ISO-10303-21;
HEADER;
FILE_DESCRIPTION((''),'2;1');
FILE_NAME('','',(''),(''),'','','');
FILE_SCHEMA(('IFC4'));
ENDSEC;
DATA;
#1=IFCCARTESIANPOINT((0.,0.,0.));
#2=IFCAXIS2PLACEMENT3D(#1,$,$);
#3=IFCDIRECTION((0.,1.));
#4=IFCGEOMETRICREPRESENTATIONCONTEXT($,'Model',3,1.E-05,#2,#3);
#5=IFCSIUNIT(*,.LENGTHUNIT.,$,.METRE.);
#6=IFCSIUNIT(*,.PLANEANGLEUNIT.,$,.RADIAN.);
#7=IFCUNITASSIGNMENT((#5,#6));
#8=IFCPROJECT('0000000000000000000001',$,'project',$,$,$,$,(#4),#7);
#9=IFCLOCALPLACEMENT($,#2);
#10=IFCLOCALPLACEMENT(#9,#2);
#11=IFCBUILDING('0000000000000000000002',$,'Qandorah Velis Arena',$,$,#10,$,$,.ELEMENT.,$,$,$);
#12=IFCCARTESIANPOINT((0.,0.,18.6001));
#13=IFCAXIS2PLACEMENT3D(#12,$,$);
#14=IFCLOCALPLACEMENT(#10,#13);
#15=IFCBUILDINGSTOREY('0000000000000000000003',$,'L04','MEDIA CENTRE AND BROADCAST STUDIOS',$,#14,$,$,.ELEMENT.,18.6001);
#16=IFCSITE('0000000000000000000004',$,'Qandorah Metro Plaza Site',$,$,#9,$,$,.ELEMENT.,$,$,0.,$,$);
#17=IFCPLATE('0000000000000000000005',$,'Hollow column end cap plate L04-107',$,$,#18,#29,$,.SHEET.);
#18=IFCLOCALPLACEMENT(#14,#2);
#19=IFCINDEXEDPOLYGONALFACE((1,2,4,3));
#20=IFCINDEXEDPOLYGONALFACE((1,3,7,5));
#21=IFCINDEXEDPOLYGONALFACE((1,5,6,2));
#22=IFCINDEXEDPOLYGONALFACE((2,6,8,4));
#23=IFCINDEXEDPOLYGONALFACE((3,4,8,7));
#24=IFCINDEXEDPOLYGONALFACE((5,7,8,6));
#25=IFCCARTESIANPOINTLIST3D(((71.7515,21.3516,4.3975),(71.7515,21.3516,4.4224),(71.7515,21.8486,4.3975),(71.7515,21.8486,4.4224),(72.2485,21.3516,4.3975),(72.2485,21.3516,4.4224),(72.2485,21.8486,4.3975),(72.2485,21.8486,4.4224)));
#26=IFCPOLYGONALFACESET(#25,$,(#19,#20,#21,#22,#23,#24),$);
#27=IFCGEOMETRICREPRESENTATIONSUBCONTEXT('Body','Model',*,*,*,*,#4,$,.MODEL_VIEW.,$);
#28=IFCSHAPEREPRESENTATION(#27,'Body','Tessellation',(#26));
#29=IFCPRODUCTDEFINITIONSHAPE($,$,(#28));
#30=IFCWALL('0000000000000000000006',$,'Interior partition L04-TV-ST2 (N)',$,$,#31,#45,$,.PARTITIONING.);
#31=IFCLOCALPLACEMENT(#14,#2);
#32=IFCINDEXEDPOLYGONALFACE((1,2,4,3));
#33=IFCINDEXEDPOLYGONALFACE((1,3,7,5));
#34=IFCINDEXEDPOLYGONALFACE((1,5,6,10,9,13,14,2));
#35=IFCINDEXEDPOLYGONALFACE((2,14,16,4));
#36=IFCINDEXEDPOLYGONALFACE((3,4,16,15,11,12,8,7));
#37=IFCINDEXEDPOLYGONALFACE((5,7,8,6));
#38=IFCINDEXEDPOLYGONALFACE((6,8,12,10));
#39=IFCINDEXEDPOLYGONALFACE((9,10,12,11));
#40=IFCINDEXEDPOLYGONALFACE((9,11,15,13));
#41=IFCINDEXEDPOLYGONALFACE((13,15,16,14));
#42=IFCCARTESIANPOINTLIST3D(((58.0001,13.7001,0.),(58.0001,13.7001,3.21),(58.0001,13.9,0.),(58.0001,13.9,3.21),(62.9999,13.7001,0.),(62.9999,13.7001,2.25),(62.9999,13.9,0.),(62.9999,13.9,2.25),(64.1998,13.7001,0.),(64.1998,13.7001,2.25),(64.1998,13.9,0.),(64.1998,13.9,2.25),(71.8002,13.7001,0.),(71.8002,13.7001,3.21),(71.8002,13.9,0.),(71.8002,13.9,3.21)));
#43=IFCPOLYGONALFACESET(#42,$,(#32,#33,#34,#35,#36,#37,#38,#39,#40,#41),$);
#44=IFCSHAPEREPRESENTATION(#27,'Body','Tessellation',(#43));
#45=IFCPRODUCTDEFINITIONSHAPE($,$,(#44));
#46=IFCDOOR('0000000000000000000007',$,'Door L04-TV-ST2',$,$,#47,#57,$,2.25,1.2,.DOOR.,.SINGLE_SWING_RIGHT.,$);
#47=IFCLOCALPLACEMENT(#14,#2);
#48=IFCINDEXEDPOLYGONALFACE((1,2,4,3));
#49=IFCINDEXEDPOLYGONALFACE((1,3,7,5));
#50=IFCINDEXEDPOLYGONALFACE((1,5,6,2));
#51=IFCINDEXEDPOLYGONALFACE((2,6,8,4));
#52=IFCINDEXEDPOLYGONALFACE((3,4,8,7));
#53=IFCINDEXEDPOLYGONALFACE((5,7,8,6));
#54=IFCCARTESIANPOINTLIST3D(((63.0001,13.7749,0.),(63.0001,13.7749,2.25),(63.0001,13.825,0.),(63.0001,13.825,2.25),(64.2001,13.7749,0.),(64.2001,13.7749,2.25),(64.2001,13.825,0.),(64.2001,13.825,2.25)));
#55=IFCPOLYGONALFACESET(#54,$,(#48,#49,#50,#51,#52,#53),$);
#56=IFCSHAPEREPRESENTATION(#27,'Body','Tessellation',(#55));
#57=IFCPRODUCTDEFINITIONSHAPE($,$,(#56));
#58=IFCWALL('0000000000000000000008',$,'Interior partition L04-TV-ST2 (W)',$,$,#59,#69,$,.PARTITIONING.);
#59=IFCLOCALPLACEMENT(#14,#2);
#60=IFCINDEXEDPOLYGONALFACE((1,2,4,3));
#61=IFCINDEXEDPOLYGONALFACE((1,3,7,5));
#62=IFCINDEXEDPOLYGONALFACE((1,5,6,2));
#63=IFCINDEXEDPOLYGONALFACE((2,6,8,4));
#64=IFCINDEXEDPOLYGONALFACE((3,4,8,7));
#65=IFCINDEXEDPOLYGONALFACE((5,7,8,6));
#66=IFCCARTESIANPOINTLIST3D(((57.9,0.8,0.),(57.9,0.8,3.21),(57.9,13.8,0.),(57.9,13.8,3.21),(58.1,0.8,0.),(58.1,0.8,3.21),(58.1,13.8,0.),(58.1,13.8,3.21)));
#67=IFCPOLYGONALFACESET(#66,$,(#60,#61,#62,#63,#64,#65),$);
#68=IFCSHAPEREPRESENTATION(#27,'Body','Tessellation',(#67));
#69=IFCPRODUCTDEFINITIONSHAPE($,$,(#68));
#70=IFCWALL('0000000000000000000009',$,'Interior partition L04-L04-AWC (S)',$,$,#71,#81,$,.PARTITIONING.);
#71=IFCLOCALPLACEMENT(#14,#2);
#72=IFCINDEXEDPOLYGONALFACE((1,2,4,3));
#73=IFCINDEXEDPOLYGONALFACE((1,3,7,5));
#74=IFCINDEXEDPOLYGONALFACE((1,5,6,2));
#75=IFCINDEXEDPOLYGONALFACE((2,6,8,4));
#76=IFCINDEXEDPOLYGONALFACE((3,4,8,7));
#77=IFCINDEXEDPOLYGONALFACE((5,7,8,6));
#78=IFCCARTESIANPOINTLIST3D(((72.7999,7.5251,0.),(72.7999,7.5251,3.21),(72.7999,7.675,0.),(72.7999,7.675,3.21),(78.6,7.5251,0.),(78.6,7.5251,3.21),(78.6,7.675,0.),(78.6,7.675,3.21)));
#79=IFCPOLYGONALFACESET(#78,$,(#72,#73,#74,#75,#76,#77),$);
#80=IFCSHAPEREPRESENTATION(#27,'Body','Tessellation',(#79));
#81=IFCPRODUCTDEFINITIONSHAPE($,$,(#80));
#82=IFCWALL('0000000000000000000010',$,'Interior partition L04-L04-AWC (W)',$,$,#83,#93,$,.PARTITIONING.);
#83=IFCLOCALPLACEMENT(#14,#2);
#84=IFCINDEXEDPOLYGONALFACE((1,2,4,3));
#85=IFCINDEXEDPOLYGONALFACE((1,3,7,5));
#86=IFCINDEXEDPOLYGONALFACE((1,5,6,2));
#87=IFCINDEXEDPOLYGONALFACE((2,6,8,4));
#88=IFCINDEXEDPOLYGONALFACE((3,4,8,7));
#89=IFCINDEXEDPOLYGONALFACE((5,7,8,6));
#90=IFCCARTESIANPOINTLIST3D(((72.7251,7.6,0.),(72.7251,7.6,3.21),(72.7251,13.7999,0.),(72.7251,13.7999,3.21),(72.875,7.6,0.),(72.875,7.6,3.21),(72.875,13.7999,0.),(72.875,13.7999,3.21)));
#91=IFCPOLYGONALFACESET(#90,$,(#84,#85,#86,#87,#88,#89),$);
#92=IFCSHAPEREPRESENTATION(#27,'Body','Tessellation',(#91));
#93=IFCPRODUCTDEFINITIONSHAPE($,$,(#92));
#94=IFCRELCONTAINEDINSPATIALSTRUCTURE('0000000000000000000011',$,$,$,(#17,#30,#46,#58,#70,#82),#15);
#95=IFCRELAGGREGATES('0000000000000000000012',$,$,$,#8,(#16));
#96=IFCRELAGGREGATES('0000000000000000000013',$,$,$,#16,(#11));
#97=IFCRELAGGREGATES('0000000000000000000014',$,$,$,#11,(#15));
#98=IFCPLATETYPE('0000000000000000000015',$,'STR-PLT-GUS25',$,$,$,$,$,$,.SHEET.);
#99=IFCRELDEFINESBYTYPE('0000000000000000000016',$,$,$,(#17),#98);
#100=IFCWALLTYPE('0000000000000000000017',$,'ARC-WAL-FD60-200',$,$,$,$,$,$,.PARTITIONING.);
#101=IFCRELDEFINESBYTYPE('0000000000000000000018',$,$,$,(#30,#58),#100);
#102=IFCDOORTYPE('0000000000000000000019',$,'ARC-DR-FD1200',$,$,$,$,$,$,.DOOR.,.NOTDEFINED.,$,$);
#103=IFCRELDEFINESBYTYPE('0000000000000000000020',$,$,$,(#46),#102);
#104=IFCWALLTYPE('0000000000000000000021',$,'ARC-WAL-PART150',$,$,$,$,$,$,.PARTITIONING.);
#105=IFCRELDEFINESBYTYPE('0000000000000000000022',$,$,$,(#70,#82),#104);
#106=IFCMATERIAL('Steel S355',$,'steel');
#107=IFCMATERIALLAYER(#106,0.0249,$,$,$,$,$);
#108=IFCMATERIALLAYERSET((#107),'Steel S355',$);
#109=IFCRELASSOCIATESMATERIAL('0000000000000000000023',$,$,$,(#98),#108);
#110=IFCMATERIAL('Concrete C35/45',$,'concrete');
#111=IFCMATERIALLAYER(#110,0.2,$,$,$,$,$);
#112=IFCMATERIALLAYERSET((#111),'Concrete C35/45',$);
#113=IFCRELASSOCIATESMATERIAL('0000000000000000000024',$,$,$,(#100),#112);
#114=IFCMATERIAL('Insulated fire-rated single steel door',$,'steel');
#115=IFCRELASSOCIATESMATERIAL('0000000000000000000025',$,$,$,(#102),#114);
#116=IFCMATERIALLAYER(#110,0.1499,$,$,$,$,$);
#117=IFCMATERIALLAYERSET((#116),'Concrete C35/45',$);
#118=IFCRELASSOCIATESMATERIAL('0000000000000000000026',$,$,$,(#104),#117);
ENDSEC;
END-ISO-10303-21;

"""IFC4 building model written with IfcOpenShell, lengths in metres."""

from ifc_helpers import new_model, si_unit, direction, frame, frame_2d, origin, origin_2d, place, context, subcontext, project, spatial, rectangle, extrude, material, layer, layer_set, type_object, element, fill, save


model = new_model("IFC4")

# Units and contexts
model_context = context("Model", 3, precision=1e-05, world=origin(), true_north=direction((0.0, 1.0)))
body_context = subcontext(model_context, "Body", "Model", "MODEL_VIEW")
ifc_project = project(units=[si_unit("LENGTHUNIT", "METRE"), si_unit("PLANEANGLEUNIT", "RADIAN")], contexts=[model_context])

# Site, building, storey
site_placement = place(None, origin())
site = spatial("IfcSite", under=ifc_project, at=site_placement, Name="Qandorah Metro Plaza Site", CompositionType="ELEMENT", RefElevation=0.0)
building_placement = place(site_placement, origin())
building = spatial("IfcBuilding", under=site, at=building_placement, Name="Qandorah Velis Arena", CompositionType="ELEMENT")
storey_placement = place(building_placement, frame((0.0, 0.0, 18.6001)))
storey = spatial("IfcBuildingStorey", under=building, at=storey_placement, Name="L04", Description="MEDIA CENTRE AND BROADCAST STUDIOS", CompositionType="ELEMENT", Elevation=18.6001)

# Shared definitions
ifc_material_1 = material(Name="Steel S355", Category="steel")

# Plate
ifc_layer_1 = layer(ifc_material_1, 0.0249)
ifc_layer_set_1 = layer_set([ifc_layer_1], Name="Steel S355")
plate_type = type_object("IfcPlateType", Name="STR-PLT-GUS25", PredefinedType="SHEET", material=ifc_layer_set_1)
for number, where, z_axis, x_axis, name in (
    (1, (72.0, 21.6001, 4.3975), (0.0, 0.0, 1.0), (1.0, 0.0, 0.0), "Hollow column end cap plate L04-107"),
):
    element("IfcPlate", number, at=place(storey_placement, frame(where, z_axis=z_axis, x_axis=x_axis)), inside=storey, type_object=plate_type, Name=name, PredefinedType="SHEET", context=body_context, shape_type="SweptSolid", body=[
        extrude(rectangle(XDim=0.4971, YDim=0.4971, at=origin_2d()), origin(), (0.0, 0.0, 1.0), 0.0249),
    ])

# Wall, opening, door
ifc_material_2 = material(Name="Concrete C35/45", Category="concrete")
ifc_layer_2 = layer(ifc_material_2, 0.2)
ifc_layer_set_2 = layer_set([ifc_layer_2], Name="Concrete C35/45")
wall_type_1 = type_object("IfcWallType", Name="ARC-WAL-FD60-200", PredefinedType="PARTITIONING", material=ifc_layer_set_2)
wall_1_placement = place(storey_placement, frame((71.8, 13.8, 0.0), z_axis=(0.0, 0.0, 1.0), x_axis=(-1.0, 0.0, 0.0)))
wall_1 = element("IfcWall", 2, at=wall_1_placement, inside=storey, type_object=wall_type_1, Name="Interior partition L04-TV-ST2 (N)", PredefinedType="PARTITIONING", context=body_context, shape_type="SweptSolid", body=[
    extrude(rectangle(XDim=13.8, YDim=0.2, at=frame_2d((6.8999, 0.0))), origin(), (0.0, 0.0, 1.0), 3.21),
])
opening_placement = place(wall_1_placement, frame((7.6001, 0.0, 0.0)))
opening = element("IfcOpeningElement", 3, at=opening_placement, cuts=wall_1, PredefinedType="OPENING", context=body_context, shape_type="SweptSolid", body=[
    extrude(rectangle(XDim=1.2, YDim=2.25, at=frame_2d((0.6001, 1.125))), frame((0.0, 0.1099, 0.0), z_axis=(0.0, -1.0, 0.0), x_axis=(1.0, 0.0, 0.0)), (0.0, 0.0, 1.0), 0.22),
])
ifc_material_3 = material(Name="Insulated fire-rated single steel door", Category="steel")
door_type = type_object("IfcDoorType", Name="ARC-DR-FD1200", OperationType="NOTDEFINED", PredefinedType="DOOR", material=ifc_material_3)
door_placement = place(opening_placement, frame((1.2, 0.0, 0.0), z_axis=(0.0, 0.0, 1.0), x_axis=(-1.0, 0.0, 0.0)))
door = element("IfcDoor", 4, at=door_placement, inside=storey, type_object=door_type, Name="Door L04-TV-ST2", OperationType="SINGLE_SWING_RIGHT", OverallHeight=2.25, OverallWidth=1.2, PredefinedType="DOOR", context=body_context, shape_type="SweptSolid", body=[
    extrude(rectangle(XDim=1.2, YDim=2.25, at=frame_2d((0.6001, 1.125))), frame((0.0, 0.0249, 0.0), z_axis=(0.0, -1.0, 0.0), x_axis=(1.0, 0.0, 0.0)), (0.0, 0.0, 1.0), 0.05),
])
fill(opening, door)

# Walls
wall_2_placement = place(storey_placement, frame((58.0, 13.8, 0.0), z_axis=(0.0, 0.0, 1.0), x_axis=(0.0, -1.0, 0.0)))
element("IfcWall", 5, at=wall_2_placement, inside=storey, type_object=wall_type_1, Name="Interior partition L04-TV-ST2 (W)", PredefinedType="PARTITIONING", context=body_context, shape_type="SweptSolid", body=[
    extrude(rectangle(XDim=13.0, YDim=0.2, at=frame_2d((6.5, 0.0))), origin(), (0.0, 0.0, 1.0), 3.21),
])
ifc_layer_3 = layer(ifc_material_2, 0.1499)
ifc_layer_set_3 = layer_set([ifc_layer_3], Name="Concrete C35/45")
wall_type_2 = type_object("IfcWallType", Name="ARC-WAL-PART150", PredefinedType="PARTITIONING", material=ifc_layer_set_3)
wall_3_placement = place(storey_placement, frame((72.8, 7.6001, 0.0), z_axis=(0.0, 0.0, 1.0), x_axis=(1.0, 0.0, 0.0)))
element("IfcWall", 6, at=wall_3_placement, inside=storey, type_object=wall_type_2, Name="Interior partition L04-L04-AWC (S)", PredefinedType="PARTITIONING", context=body_context, shape_type="SweptSolid", body=[
    extrude(rectangle(XDim=5.8, YDim=0.1499, at=frame_2d((2.8999, 0.0))), origin(), (0.0, 0.0, 1.0), 3.21),
])
wall_4_placement = place(storey_placement, frame((72.8, 13.8, 0.0), z_axis=(0.0, 0.0, 1.0), x_axis=(0.0, -1.0, 0.0)))
element("IfcWall", 7, at=wall_4_placement, inside=storey, type_object=wall_type_2, Name="Interior partition L04-L04-AWC (W)", PredefinedType="PARTITIONING", context=body_context, shape_type="SweptSolid", body=[
    extrude(rectangle(XDim=6.2, YDim=0.1499, at=frame_2d((3.1001, 0.0))), origin(), (0.0, 0.0, 1.0), 3.21),
])

save(model, "model.ifc")
